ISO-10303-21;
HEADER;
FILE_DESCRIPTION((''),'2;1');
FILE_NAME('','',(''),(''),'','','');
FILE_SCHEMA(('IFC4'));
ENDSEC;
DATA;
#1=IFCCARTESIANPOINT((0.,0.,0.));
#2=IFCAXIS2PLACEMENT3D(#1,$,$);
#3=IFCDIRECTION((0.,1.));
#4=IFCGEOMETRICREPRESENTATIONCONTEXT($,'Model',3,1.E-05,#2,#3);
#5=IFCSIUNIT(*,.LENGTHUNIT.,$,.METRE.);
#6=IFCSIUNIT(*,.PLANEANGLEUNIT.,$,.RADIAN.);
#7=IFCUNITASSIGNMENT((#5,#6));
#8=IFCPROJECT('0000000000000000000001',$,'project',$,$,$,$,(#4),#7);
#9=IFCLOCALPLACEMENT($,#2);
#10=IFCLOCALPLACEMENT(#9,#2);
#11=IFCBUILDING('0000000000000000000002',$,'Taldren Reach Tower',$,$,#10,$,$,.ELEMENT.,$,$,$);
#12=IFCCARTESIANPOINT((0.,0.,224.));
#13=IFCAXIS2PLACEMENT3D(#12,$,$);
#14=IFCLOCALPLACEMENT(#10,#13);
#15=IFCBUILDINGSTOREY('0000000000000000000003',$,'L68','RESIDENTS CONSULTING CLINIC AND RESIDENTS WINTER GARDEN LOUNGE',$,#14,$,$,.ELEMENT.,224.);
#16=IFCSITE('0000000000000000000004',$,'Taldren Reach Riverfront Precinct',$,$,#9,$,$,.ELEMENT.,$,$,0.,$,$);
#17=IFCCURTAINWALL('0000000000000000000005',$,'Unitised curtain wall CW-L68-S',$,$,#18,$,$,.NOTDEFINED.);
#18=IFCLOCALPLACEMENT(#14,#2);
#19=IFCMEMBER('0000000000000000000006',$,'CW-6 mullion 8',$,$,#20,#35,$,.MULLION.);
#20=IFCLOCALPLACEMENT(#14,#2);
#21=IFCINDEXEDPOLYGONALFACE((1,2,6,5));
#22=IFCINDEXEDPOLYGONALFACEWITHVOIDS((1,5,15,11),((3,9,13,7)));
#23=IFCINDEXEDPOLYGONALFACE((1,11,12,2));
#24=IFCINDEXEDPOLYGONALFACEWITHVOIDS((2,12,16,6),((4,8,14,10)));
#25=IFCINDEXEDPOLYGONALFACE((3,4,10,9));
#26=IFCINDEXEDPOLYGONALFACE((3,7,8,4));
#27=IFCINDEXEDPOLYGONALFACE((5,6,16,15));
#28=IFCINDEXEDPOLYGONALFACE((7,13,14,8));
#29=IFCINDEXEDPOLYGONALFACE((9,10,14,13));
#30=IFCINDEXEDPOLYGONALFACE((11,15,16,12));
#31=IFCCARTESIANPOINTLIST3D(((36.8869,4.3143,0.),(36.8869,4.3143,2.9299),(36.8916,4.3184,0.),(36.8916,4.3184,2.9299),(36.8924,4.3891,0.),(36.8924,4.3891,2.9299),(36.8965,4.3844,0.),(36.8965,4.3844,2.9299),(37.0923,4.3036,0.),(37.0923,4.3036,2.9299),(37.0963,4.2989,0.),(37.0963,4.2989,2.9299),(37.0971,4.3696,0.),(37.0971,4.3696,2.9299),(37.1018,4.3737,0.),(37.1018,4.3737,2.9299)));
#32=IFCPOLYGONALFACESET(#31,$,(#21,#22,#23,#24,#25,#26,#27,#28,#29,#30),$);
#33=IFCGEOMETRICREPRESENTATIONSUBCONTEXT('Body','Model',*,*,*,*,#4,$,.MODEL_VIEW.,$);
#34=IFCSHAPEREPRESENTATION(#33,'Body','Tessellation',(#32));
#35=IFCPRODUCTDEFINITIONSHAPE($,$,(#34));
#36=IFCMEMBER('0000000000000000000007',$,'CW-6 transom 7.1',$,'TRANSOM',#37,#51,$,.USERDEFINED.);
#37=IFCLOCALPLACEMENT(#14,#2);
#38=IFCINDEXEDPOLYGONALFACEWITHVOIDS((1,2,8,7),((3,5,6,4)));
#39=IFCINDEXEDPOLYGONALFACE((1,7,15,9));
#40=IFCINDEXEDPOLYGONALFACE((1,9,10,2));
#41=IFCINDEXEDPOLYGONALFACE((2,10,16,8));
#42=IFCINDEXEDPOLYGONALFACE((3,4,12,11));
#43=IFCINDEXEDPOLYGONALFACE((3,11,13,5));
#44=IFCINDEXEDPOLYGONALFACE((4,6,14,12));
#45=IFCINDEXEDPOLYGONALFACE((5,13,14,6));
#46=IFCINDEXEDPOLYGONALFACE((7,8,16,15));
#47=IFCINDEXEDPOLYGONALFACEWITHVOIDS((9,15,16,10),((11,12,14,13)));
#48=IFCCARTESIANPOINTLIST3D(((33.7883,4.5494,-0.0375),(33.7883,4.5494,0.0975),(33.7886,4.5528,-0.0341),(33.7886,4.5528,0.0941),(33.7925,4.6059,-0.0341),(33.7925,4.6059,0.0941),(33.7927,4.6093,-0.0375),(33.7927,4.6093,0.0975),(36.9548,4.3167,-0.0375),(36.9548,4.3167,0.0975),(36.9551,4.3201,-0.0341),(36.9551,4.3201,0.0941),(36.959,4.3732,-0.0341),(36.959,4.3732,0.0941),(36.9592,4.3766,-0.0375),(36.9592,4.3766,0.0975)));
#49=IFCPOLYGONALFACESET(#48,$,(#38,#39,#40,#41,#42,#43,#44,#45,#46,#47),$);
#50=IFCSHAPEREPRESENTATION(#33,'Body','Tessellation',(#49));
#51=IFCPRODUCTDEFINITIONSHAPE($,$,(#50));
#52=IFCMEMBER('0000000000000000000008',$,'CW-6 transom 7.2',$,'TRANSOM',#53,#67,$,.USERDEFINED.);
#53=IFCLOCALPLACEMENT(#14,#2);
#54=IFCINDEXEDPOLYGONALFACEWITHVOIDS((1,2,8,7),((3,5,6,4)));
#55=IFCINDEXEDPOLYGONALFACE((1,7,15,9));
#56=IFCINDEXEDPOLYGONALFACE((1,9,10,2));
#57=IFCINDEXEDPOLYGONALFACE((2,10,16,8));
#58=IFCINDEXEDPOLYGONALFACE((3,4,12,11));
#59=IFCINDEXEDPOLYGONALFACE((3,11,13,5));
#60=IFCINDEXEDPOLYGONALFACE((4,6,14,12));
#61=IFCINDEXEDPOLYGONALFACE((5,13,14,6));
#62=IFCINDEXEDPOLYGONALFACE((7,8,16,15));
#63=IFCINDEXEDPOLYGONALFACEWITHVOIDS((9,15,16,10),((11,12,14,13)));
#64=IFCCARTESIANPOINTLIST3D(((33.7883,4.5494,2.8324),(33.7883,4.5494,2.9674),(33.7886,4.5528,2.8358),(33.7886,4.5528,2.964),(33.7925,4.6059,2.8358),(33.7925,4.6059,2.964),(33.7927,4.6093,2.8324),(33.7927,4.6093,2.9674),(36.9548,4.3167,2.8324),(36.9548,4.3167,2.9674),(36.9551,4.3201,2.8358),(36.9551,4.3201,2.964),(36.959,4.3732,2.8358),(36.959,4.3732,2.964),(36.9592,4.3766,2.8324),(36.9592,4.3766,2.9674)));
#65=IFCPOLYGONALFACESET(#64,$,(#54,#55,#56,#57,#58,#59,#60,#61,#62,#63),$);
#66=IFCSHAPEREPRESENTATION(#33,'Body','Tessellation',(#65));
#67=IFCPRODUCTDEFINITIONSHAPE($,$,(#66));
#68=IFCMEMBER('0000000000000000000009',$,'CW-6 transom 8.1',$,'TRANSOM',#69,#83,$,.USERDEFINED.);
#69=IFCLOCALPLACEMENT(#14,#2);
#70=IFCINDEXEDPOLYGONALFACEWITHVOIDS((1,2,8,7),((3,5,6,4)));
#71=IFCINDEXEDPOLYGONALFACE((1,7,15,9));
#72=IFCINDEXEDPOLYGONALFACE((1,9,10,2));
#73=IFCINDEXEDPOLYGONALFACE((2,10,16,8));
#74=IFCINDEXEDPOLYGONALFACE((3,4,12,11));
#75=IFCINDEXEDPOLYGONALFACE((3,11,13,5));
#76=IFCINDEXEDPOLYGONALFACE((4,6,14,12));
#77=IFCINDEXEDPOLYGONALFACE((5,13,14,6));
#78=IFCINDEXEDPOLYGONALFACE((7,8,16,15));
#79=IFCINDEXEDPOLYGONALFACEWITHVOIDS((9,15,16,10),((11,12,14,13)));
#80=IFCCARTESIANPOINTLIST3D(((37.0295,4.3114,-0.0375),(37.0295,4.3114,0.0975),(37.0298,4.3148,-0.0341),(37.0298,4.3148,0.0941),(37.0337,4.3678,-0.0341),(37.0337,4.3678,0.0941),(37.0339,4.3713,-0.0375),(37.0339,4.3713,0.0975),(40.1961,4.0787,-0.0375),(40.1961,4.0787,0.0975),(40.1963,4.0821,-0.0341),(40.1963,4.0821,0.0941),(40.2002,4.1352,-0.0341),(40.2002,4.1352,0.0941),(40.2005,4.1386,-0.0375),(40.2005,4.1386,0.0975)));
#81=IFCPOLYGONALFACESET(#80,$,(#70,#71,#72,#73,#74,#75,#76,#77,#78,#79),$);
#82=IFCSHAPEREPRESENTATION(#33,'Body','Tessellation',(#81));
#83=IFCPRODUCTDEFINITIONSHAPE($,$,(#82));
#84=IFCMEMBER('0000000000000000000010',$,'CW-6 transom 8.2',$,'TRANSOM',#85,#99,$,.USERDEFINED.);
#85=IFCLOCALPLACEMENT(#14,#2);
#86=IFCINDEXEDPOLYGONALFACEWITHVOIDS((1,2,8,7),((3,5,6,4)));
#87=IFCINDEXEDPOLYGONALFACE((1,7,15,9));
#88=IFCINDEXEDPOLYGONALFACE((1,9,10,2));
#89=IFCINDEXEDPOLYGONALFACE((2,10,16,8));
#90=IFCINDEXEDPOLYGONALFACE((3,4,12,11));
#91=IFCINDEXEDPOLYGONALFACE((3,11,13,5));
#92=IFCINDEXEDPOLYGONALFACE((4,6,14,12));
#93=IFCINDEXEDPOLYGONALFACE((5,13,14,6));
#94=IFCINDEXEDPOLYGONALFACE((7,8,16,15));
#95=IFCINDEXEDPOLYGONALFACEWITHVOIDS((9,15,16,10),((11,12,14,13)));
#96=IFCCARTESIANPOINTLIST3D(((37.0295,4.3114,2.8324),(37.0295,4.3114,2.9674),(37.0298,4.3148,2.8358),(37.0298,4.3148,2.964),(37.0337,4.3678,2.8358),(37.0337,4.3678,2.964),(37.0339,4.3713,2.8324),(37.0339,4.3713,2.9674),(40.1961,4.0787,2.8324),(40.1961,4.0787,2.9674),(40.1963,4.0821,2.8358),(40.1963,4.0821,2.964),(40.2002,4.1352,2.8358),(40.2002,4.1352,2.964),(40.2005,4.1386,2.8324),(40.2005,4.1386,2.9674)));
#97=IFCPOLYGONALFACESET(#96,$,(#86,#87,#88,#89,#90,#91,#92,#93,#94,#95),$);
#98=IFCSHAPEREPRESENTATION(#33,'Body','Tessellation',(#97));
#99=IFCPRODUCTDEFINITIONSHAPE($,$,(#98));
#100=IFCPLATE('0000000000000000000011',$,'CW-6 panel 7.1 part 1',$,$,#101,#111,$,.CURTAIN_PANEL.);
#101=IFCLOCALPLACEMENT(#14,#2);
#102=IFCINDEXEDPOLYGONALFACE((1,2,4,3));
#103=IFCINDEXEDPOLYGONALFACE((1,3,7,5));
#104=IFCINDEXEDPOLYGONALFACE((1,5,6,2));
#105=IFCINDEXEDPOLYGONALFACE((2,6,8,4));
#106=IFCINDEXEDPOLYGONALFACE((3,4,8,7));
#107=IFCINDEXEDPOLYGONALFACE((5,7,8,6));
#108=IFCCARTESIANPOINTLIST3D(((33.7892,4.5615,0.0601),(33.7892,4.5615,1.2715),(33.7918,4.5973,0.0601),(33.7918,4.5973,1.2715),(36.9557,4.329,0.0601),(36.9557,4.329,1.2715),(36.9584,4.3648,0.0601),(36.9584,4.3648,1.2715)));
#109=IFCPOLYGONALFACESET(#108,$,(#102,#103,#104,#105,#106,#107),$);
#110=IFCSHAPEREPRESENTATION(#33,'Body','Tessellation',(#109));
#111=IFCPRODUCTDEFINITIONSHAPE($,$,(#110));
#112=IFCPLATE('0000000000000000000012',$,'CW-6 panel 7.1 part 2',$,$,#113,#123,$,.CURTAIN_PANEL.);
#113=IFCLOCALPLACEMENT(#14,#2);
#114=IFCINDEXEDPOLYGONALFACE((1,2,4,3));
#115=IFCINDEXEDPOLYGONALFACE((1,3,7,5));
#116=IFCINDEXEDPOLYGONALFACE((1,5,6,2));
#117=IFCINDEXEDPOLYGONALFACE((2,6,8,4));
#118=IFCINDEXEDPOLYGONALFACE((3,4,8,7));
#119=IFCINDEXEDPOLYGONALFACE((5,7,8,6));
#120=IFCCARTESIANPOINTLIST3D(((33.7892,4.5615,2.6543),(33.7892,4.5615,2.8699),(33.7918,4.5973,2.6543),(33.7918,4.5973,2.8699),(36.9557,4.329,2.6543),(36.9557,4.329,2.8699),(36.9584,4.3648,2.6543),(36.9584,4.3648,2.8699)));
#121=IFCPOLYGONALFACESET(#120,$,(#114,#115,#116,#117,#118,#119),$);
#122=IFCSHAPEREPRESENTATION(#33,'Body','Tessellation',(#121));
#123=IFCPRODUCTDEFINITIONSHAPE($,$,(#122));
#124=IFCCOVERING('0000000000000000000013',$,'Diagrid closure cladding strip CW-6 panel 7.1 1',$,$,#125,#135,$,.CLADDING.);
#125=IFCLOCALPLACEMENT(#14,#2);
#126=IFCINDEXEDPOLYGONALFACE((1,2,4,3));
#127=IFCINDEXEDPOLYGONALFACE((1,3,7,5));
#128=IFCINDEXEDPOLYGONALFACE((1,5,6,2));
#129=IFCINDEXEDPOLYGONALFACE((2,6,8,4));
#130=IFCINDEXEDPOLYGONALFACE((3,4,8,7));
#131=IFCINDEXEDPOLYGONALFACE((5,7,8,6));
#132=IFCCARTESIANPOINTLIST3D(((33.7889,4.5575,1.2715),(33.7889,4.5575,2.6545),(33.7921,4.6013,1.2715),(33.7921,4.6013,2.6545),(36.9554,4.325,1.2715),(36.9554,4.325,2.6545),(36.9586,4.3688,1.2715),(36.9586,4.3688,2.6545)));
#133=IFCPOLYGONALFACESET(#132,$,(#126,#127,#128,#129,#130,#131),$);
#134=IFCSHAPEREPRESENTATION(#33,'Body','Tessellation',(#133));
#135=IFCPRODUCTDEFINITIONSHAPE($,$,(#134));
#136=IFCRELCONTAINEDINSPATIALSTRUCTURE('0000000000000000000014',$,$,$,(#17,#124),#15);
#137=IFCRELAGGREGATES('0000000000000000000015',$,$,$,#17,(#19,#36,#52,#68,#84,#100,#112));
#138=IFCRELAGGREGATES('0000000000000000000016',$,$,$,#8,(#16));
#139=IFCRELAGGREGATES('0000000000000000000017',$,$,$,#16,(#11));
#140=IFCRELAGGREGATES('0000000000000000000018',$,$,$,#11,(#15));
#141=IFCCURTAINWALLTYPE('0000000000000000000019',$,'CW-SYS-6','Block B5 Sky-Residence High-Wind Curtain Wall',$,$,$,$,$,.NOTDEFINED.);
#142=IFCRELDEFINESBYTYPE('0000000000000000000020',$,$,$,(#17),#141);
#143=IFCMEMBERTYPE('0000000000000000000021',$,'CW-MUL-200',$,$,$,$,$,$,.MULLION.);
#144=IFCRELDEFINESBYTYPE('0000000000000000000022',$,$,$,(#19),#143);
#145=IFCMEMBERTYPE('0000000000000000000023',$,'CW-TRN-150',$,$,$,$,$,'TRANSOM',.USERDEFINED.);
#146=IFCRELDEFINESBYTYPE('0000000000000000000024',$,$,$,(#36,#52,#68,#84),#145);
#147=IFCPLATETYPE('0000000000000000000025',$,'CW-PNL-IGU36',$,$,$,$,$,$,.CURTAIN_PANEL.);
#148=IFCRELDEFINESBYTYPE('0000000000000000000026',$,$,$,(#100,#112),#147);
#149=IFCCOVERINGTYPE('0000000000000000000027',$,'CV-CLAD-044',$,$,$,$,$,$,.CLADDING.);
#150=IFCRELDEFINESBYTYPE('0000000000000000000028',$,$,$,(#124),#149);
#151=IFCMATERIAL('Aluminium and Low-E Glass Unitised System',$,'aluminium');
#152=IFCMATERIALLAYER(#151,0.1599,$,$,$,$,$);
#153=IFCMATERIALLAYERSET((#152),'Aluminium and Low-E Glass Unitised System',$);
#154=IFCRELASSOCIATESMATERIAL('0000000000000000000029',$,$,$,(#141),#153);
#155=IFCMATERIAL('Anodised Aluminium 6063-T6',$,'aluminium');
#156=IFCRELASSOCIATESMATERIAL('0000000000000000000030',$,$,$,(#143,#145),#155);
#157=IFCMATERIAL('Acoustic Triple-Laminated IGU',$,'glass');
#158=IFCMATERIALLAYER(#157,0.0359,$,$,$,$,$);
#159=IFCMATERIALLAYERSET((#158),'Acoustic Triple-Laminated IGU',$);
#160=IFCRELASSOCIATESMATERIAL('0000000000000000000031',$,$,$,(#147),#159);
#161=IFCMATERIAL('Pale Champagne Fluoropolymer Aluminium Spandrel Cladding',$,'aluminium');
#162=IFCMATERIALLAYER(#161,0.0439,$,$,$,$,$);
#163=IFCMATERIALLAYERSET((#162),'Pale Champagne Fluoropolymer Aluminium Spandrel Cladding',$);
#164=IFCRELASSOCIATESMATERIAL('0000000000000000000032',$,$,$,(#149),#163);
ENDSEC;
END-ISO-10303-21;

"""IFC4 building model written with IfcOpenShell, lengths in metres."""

from ifc_helpers import new_model, si_unit, direction, frame, origin, origin_2d, place, context, subcontext, project, spatial, rectangle, hollow_rectangle, extrude, source, transform, mapped, material, layer, layer_set, material_profile, profile_set, type_object, element, aggregate, save


model = new_model("IFC4")

# Units and contexts
model_context = context("Model", 3, precision=1e-05, world=origin(), true_north=direction((0.0, 1.0)))
body_context = subcontext(model_context, "Body", "Model", "MODEL_VIEW")
ifc_project = project(units=[si_unit("LENGTHUNIT", "METRE"), si_unit("PLANEANGLEUNIT", "RADIAN")], contexts=[model_context])

# Site, building, storey
site_placement = place(None, origin())
site = spatial("IfcSite", under=ifc_project, at=site_placement, Name="Taldren Reach Riverfront Precinct", CompositionType="ELEMENT", RefElevation=0.0)
building_placement = place(site_placement, origin())
building = spatial("IfcBuilding", under=site, at=building_placement, Name="Taldren Reach Tower", CompositionType="ELEMENT")
storey_placement = place(building_placement, frame((0.0, 0.0, 224.0)))
storey = spatial("IfcBuildingStorey", under=building, at=storey_placement, Name="L68", Description="RESIDENTS CONSULTING CLINIC AND RESIDENTS WINTER GARDEN LOUNGE", CompositionType="ELEMENT", Elevation=224.0)

# Curtain wall, members, plates
ifc_material_1 = material(Name="Aluminium and Low-E Glass Unitised System", Category="aluminium")
ifc_layer_1 = layer(ifc_material_1, 0.1599)
ifc_layer_set_1 = layer_set([ifc_layer_1], Name="Aluminium and Low-E Glass Unitised System")
curtain_wall_type = type_object("IfcCurtainWallType", Name="CW-SYS-6", Description="Block B5 Sky-Residence High-Wind Curtain Wall", PredefinedType="NOTDEFINED", material=ifc_layer_set_1)
curtain_wall_placement = place(storey_placement, origin())
curtain_wall = element("IfcCurtainWall", 1, at=curtain_wall_placement, inside=storey, type_object=curtain_wall_type, Name="Unitised curtain wall CW-L68-S", PredefinedType="NOTDEFINED")
ifc_material_2 = material(Name="Anodised Aluminium 6063-T6", Category="aluminium")
ifc_material_profile_1 = material_profile(ifc_material_2, hollow_rectangle(XDim=0.075, YDim=0.21, WallThickness=0.0044, at=origin_2d()), Name="ALU-210x75x4.5RHS")
ifc_profile_set_1 = profile_set([ifc_material_profile_1], Name="Anodised Aluminium 6063-T6")
member_type_1 = type_object("IfcMemberType", Name="CW-MUL-200", PredefinedType="MULLION", material=ifc_profile_set_1)
shared_shape_1 = source(origin(), body_context, "Body", "SweptSolid", [
    extrude(hollow_rectangle(XDim=0.075, YDim=0.21, WallThickness=0.0044, at=origin_2d()), origin(), (0.0, 0.0, 1.0), 2.9299),
])
member_1_placement = place(storey_placement, frame((36.9944, 4.344, 0.0), z_axis=(0.0, 0.0, 1.0), x_axis=(0.073238, 0.997314, 0.0)))
member_1 = element("IfcMember", 2, at=member_1_placement, type_object=member_type_1, Name="CW-6 mullion 8", PredefinedType="MULLION", context=body_context, shape_type="MappedRepresentation", body=[
    mapped(shared_shape_1, transform((0.0, 0.0, 0.0), scale=1.0)),
])
ifc_material_profile_2 = material_profile(ifc_material_2, hollow_rectangle(XDim=0.0601, YDim=0.135, WallThickness=0.0034, at=origin_2d()), Name="ALU-135x60x3.5RHS")
ifc_profile_set_2 = profile_set([ifc_material_profile_2], Name="Anodised Aluminium 6063-T6")
member_type_2 = type_object("IfcMemberType", Name="CW-TRN-150", ElementType="TRANSOM", PredefinedType="USERDEFINED", material=ifc_profile_set_2)
shared_shape_2 = source(origin(), body_context, "Body", "SweptSolid", [
    extrude(hollow_rectangle(XDim=0.0601, YDim=0.135, WallThickness=0.0034, at=origin_2d()), origin(), (0.0, 0.0, 1.0), 3.175),
])
member_2_placement = place(storey_placement, frame((33.7905, 4.5793, 0.03), z_axis=(0.997311, -0.07328, 0.0), x_axis=(0.07328, 0.997311, 0.0)))
member_2 = element("IfcMember", 3, at=member_2_placement, type_object=member_type_2, Name="CW-6 transom 7.1", ObjectType="TRANSOM", PredefinedType="USERDEFINED", context=body_context, shape_type="MappedRepresentation", body=[
    mapped(shared_shape_2, transform((0.0, 0.0, 0.0), scale=1.0)),
])
member_3_placement = place(storey_placement, frame((33.7905, 4.5793, 2.8999), z_axis=(0.997311, -0.07328, 0.0), x_axis=(0.07328, 0.997311, 0.0)))
member_3 = element("IfcMember", 4, at=member_3_placement, type_object=member_type_2, Name="CW-6 transom 7.2", ObjectType="TRANSOM", PredefinedType="USERDEFINED", context=body_context, shape_type="MappedRepresentation", body=[
    mapped(shared_shape_2, transform((0.0, 0.0, 0.0), scale=1.0)),
])
member_4_placement = place(storey_placement, frame((37.0317, 4.3413, 0.03), z_axis=(0.997311, -0.07328, 0.0), x_axis=(0.07328, 0.997311, 0.0)))
member_4 = element("IfcMember", 5, at=member_4_placement, type_object=member_type_2, Name="CW-6 transom 8.1", ObjectType="TRANSOM", PredefinedType="USERDEFINED", context=body_context, shape_type="MappedRepresentation", body=[
    mapped(shared_shape_2, transform((0.0, 0.0, 0.0), scale=1.0)),
])
member_5_placement = place(storey_placement, frame((37.0317, 4.3413, 2.8999), z_axis=(0.997311, -0.07328, 0.0), x_axis=(0.07328, 0.997311, 0.0)))
member_5 = element("IfcMember", 6, at=member_5_placement, type_object=member_type_2, Name="CW-6 transom 8.2", ObjectType="TRANSOM", PredefinedType="USERDEFINED", context=body_context, shape_type="MappedRepresentation", body=[
    mapped(shared_shape_2, transform((0.0, 0.0, 0.0), scale=1.0)),
])
ifc_material_3 = material(Name="Acoustic Triple-Laminated IGU", Category="glass")
ifc_layer_2 = layer(ifc_material_3, 0.0359)
ifc_layer_set_2 = layer_set([ifc_layer_2], Name="Acoustic Triple-Laminated IGU")
plate_type = type_object("IfcPlateType", Name="CW-PNL-IGU36", PredefinedType="CURTAIN_PANEL", material=ifc_layer_set_2)
shared_shape_3 = source(origin(), body_context, "Body", "SweptSolid", [
    extrude(rectangle(XDim=3.175, YDim=0.0359, at=origin_2d()), origin(), (0.0, 0.0, 1.0), 1.2114),
])
plate_1_placement = place(storey_placement, frame((35.3738, 4.4631, 0.0601), z_axis=(0.0, 0.0, 1.0), x_axis=(0.997314, -0.073238, 0.0)))
plate_1 = element("IfcPlate", 7, at=plate_1_placement, type_object=plate_type, Name="CW-6 panel 7.1 part 1", PredefinedType="CURTAIN_PANEL", context=body_context, shape_type="MappedRepresentation", body=[
    mapped(shared_shape_3, transform((0.0, 0.0, 0.0), scale=1.0)),
])
shared_shape_4 = source(origin(), body_context, "Body", "SweptSolid", [
    extrude(rectangle(XDim=3.175, YDim=0.0359, at=origin_2d()), origin(), (0.0, 0.0, 1.0), 0.2156),
])
plate_2_placement = place(storey_placement, frame((35.3738, 4.4631, 2.6543), z_axis=(0.0, 0.0, 1.0), x_axis=(0.997314, -0.073238, 0.0)))
plate_2 = element("IfcPlate", 8, at=plate_2_placement, type_object=plate_type, Name="CW-6 panel 7.1 part 2", PredefinedType="CURTAIN_PANEL", context=body_context, shape_type="MappedRepresentation", body=[
    mapped(shared_shape_4, transform((0.0, 0.0, 0.0), scale=1.0)),
])
aggregate(curtain_wall, [member_1, member_2, member_3, member_4, member_5, plate_1, plate_2])

# Covering
ifc_material_4 = material(Name="Pale Champagne Fluoropolymer Aluminium Spandrel Cladding", Category="aluminium")
ifc_layer_3 = layer(ifc_material_4, 0.0439)
ifc_layer_set_3 = layer_set([ifc_layer_3], Name="Pale Champagne Fluoropolymer Aluminium Spandrel Cladding")
covering_type = type_object("IfcCoveringType", Name="CV-CLAD-044", PredefinedType="CLADDING", material=ifc_layer_set_3)
shared_shape_5 = source(origin(), body_context, "Body", "SweptSolid", [
    extrude(rectangle(XDim=3.175, YDim=0.0439, at=origin_2d()), origin(), (0.0, 0.0, 1.0), 1.3831),
])
covering_placement = place(storey_placement, frame((35.3738, 4.4631, 1.2715), z_axis=(0.0, 0.0, 1.0), x_axis=(0.997314, -0.073238, 0.0)))
element("IfcCovering", 9, at=covering_placement, inside=storey, type_object=covering_type, Name="Diagrid closure cladding strip CW-6 panel 7.1 1", PredefinedType="CLADDING", context=body_context, shape_type="MappedRepresentation", body=[
    mapped(shared_shape_5, transform((0.0, 0.0, 0.0), scale=1.0)),
])

save(model, "model.ifc")
